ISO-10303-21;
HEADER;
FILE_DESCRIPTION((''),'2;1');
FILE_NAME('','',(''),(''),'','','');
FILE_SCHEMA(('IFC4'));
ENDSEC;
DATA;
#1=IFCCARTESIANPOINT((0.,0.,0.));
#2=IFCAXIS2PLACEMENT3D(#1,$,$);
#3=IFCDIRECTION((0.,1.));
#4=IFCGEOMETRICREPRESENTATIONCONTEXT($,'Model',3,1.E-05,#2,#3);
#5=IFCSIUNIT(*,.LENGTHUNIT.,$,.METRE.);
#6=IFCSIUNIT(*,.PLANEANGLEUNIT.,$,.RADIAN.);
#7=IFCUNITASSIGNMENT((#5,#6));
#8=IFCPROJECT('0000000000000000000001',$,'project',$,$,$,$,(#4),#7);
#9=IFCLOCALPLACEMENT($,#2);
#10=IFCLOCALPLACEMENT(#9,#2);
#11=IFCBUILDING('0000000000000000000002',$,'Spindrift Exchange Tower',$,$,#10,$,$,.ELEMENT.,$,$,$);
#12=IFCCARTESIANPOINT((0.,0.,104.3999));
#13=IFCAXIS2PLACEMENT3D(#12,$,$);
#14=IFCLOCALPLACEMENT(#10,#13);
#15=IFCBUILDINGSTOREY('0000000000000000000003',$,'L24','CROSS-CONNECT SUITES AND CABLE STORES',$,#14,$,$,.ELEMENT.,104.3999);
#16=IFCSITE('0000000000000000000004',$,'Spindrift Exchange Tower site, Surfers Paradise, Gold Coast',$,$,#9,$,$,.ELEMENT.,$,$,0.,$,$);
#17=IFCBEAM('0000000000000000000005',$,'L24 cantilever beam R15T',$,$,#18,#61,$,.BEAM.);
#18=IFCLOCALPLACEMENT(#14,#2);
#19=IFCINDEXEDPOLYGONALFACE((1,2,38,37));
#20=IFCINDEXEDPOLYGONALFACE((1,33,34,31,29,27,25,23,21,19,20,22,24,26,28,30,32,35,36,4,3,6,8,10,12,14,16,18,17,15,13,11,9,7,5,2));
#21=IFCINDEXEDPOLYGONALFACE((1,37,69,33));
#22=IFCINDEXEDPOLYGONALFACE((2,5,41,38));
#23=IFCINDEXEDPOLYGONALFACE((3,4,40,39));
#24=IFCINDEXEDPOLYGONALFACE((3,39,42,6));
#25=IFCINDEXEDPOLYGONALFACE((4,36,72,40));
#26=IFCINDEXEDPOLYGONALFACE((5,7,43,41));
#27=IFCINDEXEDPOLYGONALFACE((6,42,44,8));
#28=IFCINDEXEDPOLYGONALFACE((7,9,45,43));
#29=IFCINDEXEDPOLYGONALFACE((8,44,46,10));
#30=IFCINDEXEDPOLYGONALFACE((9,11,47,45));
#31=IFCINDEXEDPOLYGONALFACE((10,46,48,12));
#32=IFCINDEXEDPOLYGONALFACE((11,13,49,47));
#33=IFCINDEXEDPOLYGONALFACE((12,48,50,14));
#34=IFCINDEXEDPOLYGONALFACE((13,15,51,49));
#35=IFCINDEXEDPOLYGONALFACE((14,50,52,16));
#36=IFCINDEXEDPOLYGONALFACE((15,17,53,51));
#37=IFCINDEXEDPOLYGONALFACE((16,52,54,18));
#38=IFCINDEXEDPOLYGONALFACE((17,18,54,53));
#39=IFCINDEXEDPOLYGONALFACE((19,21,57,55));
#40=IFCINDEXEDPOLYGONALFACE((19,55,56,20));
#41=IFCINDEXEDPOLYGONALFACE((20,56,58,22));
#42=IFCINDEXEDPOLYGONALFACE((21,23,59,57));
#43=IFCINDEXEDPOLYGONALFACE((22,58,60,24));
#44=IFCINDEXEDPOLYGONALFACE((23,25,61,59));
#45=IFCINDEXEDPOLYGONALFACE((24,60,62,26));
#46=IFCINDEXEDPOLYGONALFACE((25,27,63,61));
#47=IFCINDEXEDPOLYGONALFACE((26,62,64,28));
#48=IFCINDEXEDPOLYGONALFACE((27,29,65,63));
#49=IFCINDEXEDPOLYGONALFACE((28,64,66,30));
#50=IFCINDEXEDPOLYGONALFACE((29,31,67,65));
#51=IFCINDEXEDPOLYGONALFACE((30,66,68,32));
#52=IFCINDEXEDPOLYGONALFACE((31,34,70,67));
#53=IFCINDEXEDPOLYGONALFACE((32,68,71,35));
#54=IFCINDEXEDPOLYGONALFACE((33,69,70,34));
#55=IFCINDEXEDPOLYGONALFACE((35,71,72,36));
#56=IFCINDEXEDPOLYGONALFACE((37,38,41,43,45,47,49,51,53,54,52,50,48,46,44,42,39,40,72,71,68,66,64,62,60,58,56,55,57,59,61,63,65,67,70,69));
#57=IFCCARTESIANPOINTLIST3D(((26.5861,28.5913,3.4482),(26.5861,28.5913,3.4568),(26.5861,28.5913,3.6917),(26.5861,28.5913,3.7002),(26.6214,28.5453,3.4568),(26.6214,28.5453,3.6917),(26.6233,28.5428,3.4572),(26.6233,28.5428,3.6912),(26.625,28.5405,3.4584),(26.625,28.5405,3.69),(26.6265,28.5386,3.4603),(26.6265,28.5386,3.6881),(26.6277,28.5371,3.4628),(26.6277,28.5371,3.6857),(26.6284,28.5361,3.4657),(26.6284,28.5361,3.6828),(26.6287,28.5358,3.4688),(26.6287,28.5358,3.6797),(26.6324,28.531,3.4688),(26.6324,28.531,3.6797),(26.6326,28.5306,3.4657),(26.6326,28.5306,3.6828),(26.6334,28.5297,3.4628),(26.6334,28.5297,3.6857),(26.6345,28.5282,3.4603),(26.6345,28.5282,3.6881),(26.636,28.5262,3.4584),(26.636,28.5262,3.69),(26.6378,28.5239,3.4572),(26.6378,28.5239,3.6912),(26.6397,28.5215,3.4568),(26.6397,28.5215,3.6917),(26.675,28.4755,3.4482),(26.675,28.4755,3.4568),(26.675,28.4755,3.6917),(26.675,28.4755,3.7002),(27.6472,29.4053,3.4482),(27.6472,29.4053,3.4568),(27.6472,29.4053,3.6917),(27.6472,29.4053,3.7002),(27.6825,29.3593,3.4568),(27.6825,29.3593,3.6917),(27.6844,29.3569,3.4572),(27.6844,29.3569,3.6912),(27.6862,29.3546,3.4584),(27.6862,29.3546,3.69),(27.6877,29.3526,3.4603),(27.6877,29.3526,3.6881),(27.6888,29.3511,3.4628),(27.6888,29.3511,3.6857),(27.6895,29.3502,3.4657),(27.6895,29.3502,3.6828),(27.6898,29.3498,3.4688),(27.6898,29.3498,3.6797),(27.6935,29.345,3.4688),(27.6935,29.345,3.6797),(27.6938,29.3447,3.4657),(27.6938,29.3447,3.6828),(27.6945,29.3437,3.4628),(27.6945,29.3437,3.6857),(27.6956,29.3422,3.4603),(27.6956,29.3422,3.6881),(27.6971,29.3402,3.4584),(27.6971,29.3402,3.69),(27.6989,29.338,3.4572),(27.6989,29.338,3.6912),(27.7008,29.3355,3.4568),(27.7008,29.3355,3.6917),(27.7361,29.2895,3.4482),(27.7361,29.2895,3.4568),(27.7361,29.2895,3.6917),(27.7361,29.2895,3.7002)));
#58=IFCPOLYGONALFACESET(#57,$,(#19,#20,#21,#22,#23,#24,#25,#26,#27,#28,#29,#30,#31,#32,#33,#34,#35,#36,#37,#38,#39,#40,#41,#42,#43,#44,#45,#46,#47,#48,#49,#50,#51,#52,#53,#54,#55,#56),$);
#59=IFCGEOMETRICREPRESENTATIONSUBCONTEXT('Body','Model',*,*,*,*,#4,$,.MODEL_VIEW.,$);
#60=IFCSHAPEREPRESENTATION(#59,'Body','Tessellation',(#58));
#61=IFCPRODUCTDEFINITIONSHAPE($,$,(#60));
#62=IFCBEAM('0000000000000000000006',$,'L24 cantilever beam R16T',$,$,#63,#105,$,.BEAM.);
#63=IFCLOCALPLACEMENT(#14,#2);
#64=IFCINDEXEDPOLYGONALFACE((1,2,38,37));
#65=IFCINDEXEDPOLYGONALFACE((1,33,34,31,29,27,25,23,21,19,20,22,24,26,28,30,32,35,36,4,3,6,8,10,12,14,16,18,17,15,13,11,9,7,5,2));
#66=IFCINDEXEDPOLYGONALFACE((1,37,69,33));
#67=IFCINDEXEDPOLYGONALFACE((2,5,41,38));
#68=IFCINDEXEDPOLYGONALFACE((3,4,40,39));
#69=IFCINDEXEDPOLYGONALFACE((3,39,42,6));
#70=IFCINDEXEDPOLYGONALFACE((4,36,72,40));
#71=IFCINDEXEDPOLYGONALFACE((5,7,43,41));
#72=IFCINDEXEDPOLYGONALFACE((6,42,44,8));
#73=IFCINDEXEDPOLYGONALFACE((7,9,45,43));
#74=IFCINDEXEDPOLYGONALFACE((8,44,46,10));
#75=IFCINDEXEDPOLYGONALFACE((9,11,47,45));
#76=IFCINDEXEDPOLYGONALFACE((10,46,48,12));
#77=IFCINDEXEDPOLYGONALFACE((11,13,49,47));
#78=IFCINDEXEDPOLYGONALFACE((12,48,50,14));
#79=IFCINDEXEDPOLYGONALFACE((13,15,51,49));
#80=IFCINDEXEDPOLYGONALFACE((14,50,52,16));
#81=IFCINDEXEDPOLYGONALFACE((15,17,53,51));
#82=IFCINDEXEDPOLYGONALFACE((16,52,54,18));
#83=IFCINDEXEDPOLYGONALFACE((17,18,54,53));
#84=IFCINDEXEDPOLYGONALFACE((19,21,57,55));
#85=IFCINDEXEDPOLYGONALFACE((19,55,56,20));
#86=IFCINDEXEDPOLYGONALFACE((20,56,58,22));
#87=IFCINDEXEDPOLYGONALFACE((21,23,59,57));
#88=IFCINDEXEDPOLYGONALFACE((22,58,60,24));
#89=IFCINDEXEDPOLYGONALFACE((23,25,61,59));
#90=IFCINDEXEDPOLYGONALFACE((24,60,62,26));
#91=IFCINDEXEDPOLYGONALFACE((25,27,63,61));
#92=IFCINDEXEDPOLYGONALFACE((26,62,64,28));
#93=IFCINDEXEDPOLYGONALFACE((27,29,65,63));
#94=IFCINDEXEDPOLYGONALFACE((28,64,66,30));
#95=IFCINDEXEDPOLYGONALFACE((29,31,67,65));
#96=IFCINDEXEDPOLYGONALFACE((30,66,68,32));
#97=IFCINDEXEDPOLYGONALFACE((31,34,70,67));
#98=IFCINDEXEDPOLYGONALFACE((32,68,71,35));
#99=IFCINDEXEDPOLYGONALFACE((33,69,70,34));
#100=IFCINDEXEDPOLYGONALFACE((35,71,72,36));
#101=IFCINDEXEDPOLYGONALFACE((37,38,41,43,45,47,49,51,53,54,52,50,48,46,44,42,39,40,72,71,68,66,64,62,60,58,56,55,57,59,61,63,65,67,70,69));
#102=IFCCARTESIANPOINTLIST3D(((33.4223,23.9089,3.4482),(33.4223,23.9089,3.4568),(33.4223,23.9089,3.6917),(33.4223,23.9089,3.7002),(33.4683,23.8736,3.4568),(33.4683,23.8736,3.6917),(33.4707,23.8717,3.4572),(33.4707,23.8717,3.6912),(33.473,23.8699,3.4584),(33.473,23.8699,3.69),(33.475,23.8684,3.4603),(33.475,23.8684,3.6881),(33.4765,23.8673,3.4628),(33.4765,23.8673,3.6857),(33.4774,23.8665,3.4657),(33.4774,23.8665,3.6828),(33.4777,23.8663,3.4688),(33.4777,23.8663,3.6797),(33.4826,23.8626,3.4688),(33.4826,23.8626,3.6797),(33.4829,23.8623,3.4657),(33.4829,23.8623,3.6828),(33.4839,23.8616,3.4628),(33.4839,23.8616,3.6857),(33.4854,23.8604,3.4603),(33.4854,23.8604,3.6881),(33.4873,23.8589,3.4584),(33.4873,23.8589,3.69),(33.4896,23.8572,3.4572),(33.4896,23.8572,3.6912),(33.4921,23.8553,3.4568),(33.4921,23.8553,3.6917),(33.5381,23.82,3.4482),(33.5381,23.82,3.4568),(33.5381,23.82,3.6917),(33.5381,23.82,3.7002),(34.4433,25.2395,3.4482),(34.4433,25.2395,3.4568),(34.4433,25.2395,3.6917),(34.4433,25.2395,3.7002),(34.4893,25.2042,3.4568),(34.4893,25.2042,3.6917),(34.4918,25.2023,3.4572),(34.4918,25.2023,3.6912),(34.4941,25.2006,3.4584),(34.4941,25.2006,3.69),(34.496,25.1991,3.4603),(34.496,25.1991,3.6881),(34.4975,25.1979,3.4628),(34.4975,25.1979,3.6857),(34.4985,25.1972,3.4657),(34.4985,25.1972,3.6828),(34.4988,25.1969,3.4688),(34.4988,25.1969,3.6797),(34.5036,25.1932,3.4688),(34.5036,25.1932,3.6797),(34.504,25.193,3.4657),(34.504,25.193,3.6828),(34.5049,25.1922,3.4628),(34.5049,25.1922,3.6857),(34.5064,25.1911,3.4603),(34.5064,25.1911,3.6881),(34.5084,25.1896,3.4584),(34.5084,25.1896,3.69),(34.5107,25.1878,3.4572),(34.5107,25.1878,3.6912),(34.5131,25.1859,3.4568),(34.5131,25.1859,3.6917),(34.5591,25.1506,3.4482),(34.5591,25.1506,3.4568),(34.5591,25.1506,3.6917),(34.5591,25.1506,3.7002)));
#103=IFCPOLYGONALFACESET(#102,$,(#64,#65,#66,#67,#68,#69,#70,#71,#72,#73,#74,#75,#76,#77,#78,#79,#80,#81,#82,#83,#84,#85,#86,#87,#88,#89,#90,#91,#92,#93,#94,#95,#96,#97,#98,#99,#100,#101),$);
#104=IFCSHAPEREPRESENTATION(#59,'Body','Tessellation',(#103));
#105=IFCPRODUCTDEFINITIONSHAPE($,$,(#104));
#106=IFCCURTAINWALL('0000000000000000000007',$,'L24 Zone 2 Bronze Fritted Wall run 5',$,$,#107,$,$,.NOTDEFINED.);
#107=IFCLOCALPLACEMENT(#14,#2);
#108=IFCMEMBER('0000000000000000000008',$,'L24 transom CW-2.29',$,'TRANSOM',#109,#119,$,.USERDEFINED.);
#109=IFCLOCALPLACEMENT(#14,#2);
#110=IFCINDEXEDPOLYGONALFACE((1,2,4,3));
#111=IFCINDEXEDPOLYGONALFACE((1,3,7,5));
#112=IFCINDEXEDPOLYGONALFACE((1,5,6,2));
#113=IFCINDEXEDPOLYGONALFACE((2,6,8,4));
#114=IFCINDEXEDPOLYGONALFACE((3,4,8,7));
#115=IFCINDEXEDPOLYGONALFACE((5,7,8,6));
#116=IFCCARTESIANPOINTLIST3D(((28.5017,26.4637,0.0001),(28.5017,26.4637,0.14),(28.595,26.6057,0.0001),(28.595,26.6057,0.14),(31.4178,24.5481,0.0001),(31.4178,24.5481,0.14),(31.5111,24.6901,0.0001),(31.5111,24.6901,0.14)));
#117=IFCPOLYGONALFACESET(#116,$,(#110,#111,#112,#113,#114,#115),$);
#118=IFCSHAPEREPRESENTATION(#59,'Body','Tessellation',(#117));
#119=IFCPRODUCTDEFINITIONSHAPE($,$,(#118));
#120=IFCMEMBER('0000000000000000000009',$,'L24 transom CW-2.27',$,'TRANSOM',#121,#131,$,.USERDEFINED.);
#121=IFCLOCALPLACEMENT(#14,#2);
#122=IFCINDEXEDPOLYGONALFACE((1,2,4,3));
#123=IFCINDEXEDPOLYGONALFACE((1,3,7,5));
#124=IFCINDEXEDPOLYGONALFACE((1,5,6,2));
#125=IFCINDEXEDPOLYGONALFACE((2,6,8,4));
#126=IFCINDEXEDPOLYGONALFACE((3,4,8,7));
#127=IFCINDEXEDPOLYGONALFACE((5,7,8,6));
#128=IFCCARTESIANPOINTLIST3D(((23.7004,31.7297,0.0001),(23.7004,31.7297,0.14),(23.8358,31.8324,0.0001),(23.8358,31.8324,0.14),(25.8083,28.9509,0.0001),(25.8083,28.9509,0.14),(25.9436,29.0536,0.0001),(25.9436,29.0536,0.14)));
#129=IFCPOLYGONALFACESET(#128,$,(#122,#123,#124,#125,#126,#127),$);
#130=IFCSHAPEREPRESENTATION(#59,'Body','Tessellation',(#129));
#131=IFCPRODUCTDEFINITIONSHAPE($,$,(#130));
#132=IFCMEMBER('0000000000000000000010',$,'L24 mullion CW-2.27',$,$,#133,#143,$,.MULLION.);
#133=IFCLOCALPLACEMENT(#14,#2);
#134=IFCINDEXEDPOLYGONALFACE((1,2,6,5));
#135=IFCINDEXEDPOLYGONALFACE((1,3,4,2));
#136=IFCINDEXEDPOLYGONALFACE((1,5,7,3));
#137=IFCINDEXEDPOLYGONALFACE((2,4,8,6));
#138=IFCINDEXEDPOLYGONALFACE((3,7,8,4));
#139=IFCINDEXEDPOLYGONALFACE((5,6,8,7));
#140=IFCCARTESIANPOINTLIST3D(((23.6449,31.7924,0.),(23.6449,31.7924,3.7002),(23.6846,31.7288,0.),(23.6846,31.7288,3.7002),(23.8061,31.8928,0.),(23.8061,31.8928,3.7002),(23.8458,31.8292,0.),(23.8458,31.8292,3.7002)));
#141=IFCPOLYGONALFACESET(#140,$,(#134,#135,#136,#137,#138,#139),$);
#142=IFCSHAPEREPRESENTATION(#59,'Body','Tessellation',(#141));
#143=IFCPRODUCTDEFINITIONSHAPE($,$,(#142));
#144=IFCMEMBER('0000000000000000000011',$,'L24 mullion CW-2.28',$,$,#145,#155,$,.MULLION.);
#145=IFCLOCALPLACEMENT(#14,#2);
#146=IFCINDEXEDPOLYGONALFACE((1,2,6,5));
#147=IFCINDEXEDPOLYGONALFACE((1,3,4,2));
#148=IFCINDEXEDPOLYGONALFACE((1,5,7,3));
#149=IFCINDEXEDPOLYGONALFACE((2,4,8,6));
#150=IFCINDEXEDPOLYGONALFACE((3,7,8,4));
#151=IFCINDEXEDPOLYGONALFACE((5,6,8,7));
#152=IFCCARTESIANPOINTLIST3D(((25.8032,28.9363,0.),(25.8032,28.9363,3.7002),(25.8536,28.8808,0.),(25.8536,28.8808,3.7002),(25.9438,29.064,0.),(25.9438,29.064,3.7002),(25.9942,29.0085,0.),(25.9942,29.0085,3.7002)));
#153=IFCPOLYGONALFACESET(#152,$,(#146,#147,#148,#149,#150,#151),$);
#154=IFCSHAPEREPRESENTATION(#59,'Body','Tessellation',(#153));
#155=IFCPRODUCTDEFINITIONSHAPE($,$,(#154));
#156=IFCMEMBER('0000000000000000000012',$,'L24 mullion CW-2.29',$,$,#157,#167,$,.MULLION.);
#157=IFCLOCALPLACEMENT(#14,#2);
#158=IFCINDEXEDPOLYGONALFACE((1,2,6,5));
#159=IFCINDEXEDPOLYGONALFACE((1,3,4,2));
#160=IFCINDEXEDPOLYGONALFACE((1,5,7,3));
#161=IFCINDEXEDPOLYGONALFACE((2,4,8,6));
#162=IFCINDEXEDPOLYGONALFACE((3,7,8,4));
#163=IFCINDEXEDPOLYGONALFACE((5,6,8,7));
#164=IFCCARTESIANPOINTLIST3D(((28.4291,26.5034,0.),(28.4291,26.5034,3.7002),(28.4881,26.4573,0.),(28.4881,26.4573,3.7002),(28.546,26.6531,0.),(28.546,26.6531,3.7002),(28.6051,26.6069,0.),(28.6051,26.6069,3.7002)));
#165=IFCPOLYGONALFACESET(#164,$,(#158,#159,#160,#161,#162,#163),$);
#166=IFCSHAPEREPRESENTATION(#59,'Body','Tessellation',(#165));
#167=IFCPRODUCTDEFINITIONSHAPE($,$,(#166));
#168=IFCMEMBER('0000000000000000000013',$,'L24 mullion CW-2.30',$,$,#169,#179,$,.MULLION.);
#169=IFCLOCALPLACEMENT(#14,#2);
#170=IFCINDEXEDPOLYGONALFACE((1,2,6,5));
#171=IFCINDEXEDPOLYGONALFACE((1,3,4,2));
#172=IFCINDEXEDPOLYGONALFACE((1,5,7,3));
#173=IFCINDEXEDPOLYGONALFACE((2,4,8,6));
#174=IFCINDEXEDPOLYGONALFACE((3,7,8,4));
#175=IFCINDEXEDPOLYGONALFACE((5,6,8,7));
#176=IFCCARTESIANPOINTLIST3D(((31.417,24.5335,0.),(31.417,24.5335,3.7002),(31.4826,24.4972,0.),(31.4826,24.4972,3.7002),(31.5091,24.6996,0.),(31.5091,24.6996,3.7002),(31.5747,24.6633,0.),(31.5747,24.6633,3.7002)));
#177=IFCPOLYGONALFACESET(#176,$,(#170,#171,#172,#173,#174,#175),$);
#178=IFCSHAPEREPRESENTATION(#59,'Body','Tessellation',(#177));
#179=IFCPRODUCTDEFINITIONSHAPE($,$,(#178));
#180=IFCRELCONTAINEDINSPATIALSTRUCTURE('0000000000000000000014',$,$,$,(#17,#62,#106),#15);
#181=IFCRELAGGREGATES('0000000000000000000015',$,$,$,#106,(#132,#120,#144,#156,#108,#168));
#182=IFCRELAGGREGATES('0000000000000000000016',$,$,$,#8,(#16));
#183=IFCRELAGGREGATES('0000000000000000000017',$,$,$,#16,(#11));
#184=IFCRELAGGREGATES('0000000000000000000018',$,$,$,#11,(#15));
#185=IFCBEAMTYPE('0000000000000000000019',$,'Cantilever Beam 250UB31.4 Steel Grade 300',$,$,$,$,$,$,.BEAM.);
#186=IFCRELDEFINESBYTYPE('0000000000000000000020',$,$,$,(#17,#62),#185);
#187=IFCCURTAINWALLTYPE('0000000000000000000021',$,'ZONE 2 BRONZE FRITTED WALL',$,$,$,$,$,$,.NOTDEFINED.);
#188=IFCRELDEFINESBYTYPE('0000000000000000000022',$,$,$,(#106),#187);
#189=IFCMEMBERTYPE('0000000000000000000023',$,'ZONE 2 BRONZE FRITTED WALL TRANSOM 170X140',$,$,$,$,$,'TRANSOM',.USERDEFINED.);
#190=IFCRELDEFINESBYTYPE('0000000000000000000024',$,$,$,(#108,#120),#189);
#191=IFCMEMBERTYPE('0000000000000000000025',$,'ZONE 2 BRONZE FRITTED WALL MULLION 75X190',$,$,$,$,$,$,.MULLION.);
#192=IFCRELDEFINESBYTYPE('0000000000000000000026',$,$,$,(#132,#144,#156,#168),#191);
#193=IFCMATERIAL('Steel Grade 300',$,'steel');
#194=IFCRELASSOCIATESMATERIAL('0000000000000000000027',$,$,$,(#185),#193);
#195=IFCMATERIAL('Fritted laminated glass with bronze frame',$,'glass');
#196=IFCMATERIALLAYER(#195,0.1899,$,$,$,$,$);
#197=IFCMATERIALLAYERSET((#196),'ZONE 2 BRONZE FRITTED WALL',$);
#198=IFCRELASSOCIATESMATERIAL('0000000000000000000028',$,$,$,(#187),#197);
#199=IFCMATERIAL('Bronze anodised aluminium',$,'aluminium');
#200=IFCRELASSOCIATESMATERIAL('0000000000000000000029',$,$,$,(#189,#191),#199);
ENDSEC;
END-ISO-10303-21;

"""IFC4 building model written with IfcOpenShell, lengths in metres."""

from ifc_helpers import new_model, si_unit, direction, frame, origin, origin_2d, place, context, subcontext, project, spatial, rectangle, i_section, extrude, source, transform, mapped, material, layer, layer_set, material_profile, profile_set, type_object, element, aggregate, save


model = new_model("IFC4")

# Units and contexts
model_context = context("Model", 3, precision=1e-05, world=origin(), true_north=direction((0.0, 1.0)))
body_context = subcontext(model_context, "Body", "Model", "MODEL_VIEW")
ifc_project = project(units=[si_unit("LENGTHUNIT", "METRE"), si_unit("PLANEANGLEUNIT", "RADIAN")], contexts=[model_context])

# Site, building, storey
site_placement = place(None, origin())
site = spatial("IfcSite", under=ifc_project, at=site_placement, Name="Spindrift Exchange Tower site, Surfers Paradise, Gold Coast", CompositionType="ELEMENT", RefElevation=0.0)
building_placement = place(site_placement, origin())
building = spatial("IfcBuilding", under=site, at=building_placement, Name="Spindrift Exchange Tower", CompositionType="ELEMENT")
storey_placement = place(building_placement, frame((0.0, 0.0, 104.3999)))
storey = spatial("IfcBuildingStorey", under=building, at=storey_placement, Name="L24", Description="CROSS-CONNECT SUITES AND CABLE STORES", CompositionType="ELEMENT", Elevation=104.3999)

# Beams
ifc_material_1 = material(Name="Steel Grade 300", Category="steel")
ifc_material_profile_1 = material_profile(ifc_material_1, i_section(OverallWidth=0.146, OverallDepth=0.252, WebThickness=0.0061, FlangeThickness=0.0085, FilletRadius=0.012, at=origin_2d()), Name="250UB31.4")
ifc_profile_set_1 = profile_set([ifc_material_profile_1], Name="Steel Grade 300")
beam_type_1 = type_object("IfcBeamType", Name="Cantilever Beam 250UB31.4 Steel Grade 300", PredefinedType="BEAM", material=ifc_profile_set_1)
shared_shape_1 = source(origin(), body_context, "Body", "SweptSolid", [
    extrude(i_section(OverallWidth=0.146, OverallDepth=0.252, WebThickness=0.0061, FlangeThickness=0.0085, FilletRadius=0.012, at=origin_2d()), origin(), (0.0, 0.0, 1.0), 1.3374),
])
beam_1_placement = place(storey_placement, frame((27.6917, 29.3474, 3.5742), z_axis=(-0.793424, -0.608669, 0.0), x_axis=(0.608669, -0.793424, 0.0)))
element("IfcBeam", 1, at=beam_1_placement, inside=storey, type_object=beam_type_1, Name="L24 cantilever beam R15T", PredefinedType="BEAM", context=body_context, shape_type="MappedRepresentation", body=[
    mapped(shared_shape_1, transform((0.0, 0.0, 0.0), scale=1.0)),
])
shared_shape_2 = source(origin(), body_context, "Body", "SweptSolid", [
    extrude(i_section(OverallWidth=0.146, OverallDepth=0.252, WebThickness=0.0061, FlangeThickness=0.0085, FilletRadius=0.012, at=origin_2d()), origin(), (0.0, 0.0, 1.0), 1.6772),
])
beam_2_placement = place(storey_placement, frame((34.5012, 25.1951, 3.5742), z_axis=(-0.608768, -0.793349, 0.0), x_axis=(0.793349, -0.608768, 0.0)))
element("IfcBeam", 2, at=beam_2_placement, inside=storey, type_object=beam_type_1, Name="L24 cantilever beam R16T", PredefinedType="BEAM", context=body_context, shape_type="MappedRepresentation", body=[
    mapped(shared_shape_2, transform((0.0, 0.0, 0.0), scale=1.0)),
])

# Curtain wall, members
ifc_material_2 = material(Name="Fritted laminated glass with bronze frame", Category="glass")
ifc_layer_1 = layer(ifc_material_2, 0.1899)
ifc_layer_set_1 = layer_set([ifc_layer_1], Name="ZONE 2 BRONZE FRITTED WALL")
curtain_wall_type = type_object("IfcCurtainWallType", Name="ZONE 2 BRONZE FRITTED WALL", PredefinedType="NOTDEFINED", material=ifc_layer_set_1)
curtain_wall_1_placement = place(storey_placement, origin())
curtain_wall_1 = element("IfcCurtainWall", 3, at=curtain_wall_1_placement, inside=storey, type_object=curtain_wall_type, Name="L24 Zone 2 Bronze Fritted Wall run 5", PredefinedType="NOTDEFINED")
ifc_material_3 = material(Name="Bronze anodised aluminium", Category="aluminium")
ifc_material_profile_2 = material_profile(ifc_material_3, rectangle(XDim=0.1699, YDim=0.1399, at=origin_2d()), Name="ZONE 2 BRONZE FRITTED WALL TRANSOM 170X140")
ifc_profile_set_2 = profile_set([ifc_material_profile_2], Name="Bronze anodised aluminium")
member_type_1 = type_object("IfcMemberType", Name="ZONE 2 BRONZE FRITTED WALL TRANSOM 170X140", ElementType="TRANSOM", PredefinedType="USERDEFINED", material=ifc_profile_set_2)
shared_shape_3 = source(origin(), body_context, "Body", "SweptSolid", [
    extrude(rectangle(XDim=0.1699, YDim=0.1399, at=origin_2d()), origin(), (0.0, 0.0, 1.0), 3.489),
])
member_1_placement = place(storey_placement, frame((28.5483, 26.5347, 0.0701), z_axis=(0.835799, -0.549035, 0.0), x_axis=(0.549035, 0.835799, 0.0)))
member_1 = element("IfcMember", 4, at=member_1_placement, type_object=member_type_1, Name="L24 transom CW-2.29", ObjectType="TRANSOM", PredefinedType="USERDEFINED", context=body_context, shape_type="MappedRepresentation", body=[
    mapped(shared_shape_3, transform((0.0, 0.0, 0.0), scale=1.0)),
])
shared_shape_4 = source(origin(), body_context, "Body", "SweptSolid", [
    extrude(rectangle(XDim=0.1699, YDim=0.1399, at=origin_2d()), origin(), (0.0, 0.0, 1.0), 3.4878),
])
member_2_placement = place(storey_placement, frame((23.7681, 31.781, 0.0701), z_axis=(0.604359, -0.796712, 0.0), x_axis=(0.796712, 0.604359, 0.0)))
member_2 = element("IfcMember", 5, at=member_2_placement, type_object=member_type_1, Name="L24 transom CW-2.27", ObjectType="TRANSOM", PredefinedType="USERDEFINED", context=body_context, shape_type="MappedRepresentation", body=[
    mapped(shared_shape_4, transform((0.0, 0.0, 0.0), scale=1.0)),
])
ifc_material_profile_3 = material_profile(ifc_material_3, rectangle(XDim=0.075, YDim=0.1899, at=origin_2d()), Name="ZONE 2 BRONZE FRITTED WALL MULLION 75X190")
ifc_profile_set_3 = profile_set([ifc_material_profile_3], Name="Bronze anodised aluminium")
member_type_2 = type_object("IfcMemberType", Name="ZONE 2 BRONZE FRITTED WALL MULLION 75X190", PredefinedType="MULLION", material=ifc_profile_set_3)
shared_shape_5 = source(origin(), body_context, "Body", "SweptSolid", [
    extrude(rectangle(XDim=0.075, YDim=0.1899, at=origin_2d()), origin(), (0.0, 0.0, 1.0), 3.7002),
])
member_3_placement = place(storey_placement, frame((23.7454, 31.8108, 0.0), z_axis=(0.0, 0.0, 1.0), x_axis=(0.528877, -0.848698, 0.0)))
member_3 = element("IfcMember", 6, at=member_3_placement, type_object=member_type_2, Name="L24 mullion CW-2.27", PredefinedType="MULLION", context=body_context, shape_type="MappedRepresentation", body=[
    mapped(shared_shape_5, transform((0.0, 0.0, 0.0), scale=1.0)),
])
member_4_placement = place(storey_placement, frame((25.8987, 28.9724, 0.0), z_axis=(0.0, 0.0, 1.0), x_axis=(0.67218, -0.740388, 0.0)))
member_4 = element("IfcMember", 7, at=member_4_placement, type_object=member_type_2, Name="L24 mullion CW-2.28", PredefinedType="MULLION", context=body_context, shape_type="MappedRepresentation", body=[
    mapped(shared_shape_5, transform((0.0, 0.0, 0.0), scale=1.0)),
])
member_5_placement = place(storey_placement, frame((28.5171, 26.5552, 0.0), z_axis=(0.0, 0.0, 1.0), x_axis=(0.787941, -0.61575, 0.0)))
member_5 = element("IfcMember", 8, at=member_5_placement, type_object=member_type_2, Name="L24 mullion CW-2.29", PredefinedType="MULLION", context=body_context, shape_type="MappedRepresentation", body=[
    mapped(shared_shape_5, transform((0.0, 0.0, 0.0), scale=1.0)),
])
member_6_placement = place(storey_placement, frame((31.4958, 24.5984, 0.0), z_axis=(0.0, 0.0, 1.0), x_axis=(0.874577, -0.484887, 0.0)))
member_6 = element("IfcMember", 9, at=member_6_placement, type_object=member_type_2, Name="L24 mullion CW-2.30", PredefinedType="MULLION", context=body_context, shape_type="MappedRepresentation", body=[
    mapped(shared_shape_5, transform((0.0, 0.0, 0.0), scale=1.0)),
])

aggregate(curtain_wall_1, [member_3, member_2, member_4, member_5, member_1, member_6])

save(model, "model.ifc")
